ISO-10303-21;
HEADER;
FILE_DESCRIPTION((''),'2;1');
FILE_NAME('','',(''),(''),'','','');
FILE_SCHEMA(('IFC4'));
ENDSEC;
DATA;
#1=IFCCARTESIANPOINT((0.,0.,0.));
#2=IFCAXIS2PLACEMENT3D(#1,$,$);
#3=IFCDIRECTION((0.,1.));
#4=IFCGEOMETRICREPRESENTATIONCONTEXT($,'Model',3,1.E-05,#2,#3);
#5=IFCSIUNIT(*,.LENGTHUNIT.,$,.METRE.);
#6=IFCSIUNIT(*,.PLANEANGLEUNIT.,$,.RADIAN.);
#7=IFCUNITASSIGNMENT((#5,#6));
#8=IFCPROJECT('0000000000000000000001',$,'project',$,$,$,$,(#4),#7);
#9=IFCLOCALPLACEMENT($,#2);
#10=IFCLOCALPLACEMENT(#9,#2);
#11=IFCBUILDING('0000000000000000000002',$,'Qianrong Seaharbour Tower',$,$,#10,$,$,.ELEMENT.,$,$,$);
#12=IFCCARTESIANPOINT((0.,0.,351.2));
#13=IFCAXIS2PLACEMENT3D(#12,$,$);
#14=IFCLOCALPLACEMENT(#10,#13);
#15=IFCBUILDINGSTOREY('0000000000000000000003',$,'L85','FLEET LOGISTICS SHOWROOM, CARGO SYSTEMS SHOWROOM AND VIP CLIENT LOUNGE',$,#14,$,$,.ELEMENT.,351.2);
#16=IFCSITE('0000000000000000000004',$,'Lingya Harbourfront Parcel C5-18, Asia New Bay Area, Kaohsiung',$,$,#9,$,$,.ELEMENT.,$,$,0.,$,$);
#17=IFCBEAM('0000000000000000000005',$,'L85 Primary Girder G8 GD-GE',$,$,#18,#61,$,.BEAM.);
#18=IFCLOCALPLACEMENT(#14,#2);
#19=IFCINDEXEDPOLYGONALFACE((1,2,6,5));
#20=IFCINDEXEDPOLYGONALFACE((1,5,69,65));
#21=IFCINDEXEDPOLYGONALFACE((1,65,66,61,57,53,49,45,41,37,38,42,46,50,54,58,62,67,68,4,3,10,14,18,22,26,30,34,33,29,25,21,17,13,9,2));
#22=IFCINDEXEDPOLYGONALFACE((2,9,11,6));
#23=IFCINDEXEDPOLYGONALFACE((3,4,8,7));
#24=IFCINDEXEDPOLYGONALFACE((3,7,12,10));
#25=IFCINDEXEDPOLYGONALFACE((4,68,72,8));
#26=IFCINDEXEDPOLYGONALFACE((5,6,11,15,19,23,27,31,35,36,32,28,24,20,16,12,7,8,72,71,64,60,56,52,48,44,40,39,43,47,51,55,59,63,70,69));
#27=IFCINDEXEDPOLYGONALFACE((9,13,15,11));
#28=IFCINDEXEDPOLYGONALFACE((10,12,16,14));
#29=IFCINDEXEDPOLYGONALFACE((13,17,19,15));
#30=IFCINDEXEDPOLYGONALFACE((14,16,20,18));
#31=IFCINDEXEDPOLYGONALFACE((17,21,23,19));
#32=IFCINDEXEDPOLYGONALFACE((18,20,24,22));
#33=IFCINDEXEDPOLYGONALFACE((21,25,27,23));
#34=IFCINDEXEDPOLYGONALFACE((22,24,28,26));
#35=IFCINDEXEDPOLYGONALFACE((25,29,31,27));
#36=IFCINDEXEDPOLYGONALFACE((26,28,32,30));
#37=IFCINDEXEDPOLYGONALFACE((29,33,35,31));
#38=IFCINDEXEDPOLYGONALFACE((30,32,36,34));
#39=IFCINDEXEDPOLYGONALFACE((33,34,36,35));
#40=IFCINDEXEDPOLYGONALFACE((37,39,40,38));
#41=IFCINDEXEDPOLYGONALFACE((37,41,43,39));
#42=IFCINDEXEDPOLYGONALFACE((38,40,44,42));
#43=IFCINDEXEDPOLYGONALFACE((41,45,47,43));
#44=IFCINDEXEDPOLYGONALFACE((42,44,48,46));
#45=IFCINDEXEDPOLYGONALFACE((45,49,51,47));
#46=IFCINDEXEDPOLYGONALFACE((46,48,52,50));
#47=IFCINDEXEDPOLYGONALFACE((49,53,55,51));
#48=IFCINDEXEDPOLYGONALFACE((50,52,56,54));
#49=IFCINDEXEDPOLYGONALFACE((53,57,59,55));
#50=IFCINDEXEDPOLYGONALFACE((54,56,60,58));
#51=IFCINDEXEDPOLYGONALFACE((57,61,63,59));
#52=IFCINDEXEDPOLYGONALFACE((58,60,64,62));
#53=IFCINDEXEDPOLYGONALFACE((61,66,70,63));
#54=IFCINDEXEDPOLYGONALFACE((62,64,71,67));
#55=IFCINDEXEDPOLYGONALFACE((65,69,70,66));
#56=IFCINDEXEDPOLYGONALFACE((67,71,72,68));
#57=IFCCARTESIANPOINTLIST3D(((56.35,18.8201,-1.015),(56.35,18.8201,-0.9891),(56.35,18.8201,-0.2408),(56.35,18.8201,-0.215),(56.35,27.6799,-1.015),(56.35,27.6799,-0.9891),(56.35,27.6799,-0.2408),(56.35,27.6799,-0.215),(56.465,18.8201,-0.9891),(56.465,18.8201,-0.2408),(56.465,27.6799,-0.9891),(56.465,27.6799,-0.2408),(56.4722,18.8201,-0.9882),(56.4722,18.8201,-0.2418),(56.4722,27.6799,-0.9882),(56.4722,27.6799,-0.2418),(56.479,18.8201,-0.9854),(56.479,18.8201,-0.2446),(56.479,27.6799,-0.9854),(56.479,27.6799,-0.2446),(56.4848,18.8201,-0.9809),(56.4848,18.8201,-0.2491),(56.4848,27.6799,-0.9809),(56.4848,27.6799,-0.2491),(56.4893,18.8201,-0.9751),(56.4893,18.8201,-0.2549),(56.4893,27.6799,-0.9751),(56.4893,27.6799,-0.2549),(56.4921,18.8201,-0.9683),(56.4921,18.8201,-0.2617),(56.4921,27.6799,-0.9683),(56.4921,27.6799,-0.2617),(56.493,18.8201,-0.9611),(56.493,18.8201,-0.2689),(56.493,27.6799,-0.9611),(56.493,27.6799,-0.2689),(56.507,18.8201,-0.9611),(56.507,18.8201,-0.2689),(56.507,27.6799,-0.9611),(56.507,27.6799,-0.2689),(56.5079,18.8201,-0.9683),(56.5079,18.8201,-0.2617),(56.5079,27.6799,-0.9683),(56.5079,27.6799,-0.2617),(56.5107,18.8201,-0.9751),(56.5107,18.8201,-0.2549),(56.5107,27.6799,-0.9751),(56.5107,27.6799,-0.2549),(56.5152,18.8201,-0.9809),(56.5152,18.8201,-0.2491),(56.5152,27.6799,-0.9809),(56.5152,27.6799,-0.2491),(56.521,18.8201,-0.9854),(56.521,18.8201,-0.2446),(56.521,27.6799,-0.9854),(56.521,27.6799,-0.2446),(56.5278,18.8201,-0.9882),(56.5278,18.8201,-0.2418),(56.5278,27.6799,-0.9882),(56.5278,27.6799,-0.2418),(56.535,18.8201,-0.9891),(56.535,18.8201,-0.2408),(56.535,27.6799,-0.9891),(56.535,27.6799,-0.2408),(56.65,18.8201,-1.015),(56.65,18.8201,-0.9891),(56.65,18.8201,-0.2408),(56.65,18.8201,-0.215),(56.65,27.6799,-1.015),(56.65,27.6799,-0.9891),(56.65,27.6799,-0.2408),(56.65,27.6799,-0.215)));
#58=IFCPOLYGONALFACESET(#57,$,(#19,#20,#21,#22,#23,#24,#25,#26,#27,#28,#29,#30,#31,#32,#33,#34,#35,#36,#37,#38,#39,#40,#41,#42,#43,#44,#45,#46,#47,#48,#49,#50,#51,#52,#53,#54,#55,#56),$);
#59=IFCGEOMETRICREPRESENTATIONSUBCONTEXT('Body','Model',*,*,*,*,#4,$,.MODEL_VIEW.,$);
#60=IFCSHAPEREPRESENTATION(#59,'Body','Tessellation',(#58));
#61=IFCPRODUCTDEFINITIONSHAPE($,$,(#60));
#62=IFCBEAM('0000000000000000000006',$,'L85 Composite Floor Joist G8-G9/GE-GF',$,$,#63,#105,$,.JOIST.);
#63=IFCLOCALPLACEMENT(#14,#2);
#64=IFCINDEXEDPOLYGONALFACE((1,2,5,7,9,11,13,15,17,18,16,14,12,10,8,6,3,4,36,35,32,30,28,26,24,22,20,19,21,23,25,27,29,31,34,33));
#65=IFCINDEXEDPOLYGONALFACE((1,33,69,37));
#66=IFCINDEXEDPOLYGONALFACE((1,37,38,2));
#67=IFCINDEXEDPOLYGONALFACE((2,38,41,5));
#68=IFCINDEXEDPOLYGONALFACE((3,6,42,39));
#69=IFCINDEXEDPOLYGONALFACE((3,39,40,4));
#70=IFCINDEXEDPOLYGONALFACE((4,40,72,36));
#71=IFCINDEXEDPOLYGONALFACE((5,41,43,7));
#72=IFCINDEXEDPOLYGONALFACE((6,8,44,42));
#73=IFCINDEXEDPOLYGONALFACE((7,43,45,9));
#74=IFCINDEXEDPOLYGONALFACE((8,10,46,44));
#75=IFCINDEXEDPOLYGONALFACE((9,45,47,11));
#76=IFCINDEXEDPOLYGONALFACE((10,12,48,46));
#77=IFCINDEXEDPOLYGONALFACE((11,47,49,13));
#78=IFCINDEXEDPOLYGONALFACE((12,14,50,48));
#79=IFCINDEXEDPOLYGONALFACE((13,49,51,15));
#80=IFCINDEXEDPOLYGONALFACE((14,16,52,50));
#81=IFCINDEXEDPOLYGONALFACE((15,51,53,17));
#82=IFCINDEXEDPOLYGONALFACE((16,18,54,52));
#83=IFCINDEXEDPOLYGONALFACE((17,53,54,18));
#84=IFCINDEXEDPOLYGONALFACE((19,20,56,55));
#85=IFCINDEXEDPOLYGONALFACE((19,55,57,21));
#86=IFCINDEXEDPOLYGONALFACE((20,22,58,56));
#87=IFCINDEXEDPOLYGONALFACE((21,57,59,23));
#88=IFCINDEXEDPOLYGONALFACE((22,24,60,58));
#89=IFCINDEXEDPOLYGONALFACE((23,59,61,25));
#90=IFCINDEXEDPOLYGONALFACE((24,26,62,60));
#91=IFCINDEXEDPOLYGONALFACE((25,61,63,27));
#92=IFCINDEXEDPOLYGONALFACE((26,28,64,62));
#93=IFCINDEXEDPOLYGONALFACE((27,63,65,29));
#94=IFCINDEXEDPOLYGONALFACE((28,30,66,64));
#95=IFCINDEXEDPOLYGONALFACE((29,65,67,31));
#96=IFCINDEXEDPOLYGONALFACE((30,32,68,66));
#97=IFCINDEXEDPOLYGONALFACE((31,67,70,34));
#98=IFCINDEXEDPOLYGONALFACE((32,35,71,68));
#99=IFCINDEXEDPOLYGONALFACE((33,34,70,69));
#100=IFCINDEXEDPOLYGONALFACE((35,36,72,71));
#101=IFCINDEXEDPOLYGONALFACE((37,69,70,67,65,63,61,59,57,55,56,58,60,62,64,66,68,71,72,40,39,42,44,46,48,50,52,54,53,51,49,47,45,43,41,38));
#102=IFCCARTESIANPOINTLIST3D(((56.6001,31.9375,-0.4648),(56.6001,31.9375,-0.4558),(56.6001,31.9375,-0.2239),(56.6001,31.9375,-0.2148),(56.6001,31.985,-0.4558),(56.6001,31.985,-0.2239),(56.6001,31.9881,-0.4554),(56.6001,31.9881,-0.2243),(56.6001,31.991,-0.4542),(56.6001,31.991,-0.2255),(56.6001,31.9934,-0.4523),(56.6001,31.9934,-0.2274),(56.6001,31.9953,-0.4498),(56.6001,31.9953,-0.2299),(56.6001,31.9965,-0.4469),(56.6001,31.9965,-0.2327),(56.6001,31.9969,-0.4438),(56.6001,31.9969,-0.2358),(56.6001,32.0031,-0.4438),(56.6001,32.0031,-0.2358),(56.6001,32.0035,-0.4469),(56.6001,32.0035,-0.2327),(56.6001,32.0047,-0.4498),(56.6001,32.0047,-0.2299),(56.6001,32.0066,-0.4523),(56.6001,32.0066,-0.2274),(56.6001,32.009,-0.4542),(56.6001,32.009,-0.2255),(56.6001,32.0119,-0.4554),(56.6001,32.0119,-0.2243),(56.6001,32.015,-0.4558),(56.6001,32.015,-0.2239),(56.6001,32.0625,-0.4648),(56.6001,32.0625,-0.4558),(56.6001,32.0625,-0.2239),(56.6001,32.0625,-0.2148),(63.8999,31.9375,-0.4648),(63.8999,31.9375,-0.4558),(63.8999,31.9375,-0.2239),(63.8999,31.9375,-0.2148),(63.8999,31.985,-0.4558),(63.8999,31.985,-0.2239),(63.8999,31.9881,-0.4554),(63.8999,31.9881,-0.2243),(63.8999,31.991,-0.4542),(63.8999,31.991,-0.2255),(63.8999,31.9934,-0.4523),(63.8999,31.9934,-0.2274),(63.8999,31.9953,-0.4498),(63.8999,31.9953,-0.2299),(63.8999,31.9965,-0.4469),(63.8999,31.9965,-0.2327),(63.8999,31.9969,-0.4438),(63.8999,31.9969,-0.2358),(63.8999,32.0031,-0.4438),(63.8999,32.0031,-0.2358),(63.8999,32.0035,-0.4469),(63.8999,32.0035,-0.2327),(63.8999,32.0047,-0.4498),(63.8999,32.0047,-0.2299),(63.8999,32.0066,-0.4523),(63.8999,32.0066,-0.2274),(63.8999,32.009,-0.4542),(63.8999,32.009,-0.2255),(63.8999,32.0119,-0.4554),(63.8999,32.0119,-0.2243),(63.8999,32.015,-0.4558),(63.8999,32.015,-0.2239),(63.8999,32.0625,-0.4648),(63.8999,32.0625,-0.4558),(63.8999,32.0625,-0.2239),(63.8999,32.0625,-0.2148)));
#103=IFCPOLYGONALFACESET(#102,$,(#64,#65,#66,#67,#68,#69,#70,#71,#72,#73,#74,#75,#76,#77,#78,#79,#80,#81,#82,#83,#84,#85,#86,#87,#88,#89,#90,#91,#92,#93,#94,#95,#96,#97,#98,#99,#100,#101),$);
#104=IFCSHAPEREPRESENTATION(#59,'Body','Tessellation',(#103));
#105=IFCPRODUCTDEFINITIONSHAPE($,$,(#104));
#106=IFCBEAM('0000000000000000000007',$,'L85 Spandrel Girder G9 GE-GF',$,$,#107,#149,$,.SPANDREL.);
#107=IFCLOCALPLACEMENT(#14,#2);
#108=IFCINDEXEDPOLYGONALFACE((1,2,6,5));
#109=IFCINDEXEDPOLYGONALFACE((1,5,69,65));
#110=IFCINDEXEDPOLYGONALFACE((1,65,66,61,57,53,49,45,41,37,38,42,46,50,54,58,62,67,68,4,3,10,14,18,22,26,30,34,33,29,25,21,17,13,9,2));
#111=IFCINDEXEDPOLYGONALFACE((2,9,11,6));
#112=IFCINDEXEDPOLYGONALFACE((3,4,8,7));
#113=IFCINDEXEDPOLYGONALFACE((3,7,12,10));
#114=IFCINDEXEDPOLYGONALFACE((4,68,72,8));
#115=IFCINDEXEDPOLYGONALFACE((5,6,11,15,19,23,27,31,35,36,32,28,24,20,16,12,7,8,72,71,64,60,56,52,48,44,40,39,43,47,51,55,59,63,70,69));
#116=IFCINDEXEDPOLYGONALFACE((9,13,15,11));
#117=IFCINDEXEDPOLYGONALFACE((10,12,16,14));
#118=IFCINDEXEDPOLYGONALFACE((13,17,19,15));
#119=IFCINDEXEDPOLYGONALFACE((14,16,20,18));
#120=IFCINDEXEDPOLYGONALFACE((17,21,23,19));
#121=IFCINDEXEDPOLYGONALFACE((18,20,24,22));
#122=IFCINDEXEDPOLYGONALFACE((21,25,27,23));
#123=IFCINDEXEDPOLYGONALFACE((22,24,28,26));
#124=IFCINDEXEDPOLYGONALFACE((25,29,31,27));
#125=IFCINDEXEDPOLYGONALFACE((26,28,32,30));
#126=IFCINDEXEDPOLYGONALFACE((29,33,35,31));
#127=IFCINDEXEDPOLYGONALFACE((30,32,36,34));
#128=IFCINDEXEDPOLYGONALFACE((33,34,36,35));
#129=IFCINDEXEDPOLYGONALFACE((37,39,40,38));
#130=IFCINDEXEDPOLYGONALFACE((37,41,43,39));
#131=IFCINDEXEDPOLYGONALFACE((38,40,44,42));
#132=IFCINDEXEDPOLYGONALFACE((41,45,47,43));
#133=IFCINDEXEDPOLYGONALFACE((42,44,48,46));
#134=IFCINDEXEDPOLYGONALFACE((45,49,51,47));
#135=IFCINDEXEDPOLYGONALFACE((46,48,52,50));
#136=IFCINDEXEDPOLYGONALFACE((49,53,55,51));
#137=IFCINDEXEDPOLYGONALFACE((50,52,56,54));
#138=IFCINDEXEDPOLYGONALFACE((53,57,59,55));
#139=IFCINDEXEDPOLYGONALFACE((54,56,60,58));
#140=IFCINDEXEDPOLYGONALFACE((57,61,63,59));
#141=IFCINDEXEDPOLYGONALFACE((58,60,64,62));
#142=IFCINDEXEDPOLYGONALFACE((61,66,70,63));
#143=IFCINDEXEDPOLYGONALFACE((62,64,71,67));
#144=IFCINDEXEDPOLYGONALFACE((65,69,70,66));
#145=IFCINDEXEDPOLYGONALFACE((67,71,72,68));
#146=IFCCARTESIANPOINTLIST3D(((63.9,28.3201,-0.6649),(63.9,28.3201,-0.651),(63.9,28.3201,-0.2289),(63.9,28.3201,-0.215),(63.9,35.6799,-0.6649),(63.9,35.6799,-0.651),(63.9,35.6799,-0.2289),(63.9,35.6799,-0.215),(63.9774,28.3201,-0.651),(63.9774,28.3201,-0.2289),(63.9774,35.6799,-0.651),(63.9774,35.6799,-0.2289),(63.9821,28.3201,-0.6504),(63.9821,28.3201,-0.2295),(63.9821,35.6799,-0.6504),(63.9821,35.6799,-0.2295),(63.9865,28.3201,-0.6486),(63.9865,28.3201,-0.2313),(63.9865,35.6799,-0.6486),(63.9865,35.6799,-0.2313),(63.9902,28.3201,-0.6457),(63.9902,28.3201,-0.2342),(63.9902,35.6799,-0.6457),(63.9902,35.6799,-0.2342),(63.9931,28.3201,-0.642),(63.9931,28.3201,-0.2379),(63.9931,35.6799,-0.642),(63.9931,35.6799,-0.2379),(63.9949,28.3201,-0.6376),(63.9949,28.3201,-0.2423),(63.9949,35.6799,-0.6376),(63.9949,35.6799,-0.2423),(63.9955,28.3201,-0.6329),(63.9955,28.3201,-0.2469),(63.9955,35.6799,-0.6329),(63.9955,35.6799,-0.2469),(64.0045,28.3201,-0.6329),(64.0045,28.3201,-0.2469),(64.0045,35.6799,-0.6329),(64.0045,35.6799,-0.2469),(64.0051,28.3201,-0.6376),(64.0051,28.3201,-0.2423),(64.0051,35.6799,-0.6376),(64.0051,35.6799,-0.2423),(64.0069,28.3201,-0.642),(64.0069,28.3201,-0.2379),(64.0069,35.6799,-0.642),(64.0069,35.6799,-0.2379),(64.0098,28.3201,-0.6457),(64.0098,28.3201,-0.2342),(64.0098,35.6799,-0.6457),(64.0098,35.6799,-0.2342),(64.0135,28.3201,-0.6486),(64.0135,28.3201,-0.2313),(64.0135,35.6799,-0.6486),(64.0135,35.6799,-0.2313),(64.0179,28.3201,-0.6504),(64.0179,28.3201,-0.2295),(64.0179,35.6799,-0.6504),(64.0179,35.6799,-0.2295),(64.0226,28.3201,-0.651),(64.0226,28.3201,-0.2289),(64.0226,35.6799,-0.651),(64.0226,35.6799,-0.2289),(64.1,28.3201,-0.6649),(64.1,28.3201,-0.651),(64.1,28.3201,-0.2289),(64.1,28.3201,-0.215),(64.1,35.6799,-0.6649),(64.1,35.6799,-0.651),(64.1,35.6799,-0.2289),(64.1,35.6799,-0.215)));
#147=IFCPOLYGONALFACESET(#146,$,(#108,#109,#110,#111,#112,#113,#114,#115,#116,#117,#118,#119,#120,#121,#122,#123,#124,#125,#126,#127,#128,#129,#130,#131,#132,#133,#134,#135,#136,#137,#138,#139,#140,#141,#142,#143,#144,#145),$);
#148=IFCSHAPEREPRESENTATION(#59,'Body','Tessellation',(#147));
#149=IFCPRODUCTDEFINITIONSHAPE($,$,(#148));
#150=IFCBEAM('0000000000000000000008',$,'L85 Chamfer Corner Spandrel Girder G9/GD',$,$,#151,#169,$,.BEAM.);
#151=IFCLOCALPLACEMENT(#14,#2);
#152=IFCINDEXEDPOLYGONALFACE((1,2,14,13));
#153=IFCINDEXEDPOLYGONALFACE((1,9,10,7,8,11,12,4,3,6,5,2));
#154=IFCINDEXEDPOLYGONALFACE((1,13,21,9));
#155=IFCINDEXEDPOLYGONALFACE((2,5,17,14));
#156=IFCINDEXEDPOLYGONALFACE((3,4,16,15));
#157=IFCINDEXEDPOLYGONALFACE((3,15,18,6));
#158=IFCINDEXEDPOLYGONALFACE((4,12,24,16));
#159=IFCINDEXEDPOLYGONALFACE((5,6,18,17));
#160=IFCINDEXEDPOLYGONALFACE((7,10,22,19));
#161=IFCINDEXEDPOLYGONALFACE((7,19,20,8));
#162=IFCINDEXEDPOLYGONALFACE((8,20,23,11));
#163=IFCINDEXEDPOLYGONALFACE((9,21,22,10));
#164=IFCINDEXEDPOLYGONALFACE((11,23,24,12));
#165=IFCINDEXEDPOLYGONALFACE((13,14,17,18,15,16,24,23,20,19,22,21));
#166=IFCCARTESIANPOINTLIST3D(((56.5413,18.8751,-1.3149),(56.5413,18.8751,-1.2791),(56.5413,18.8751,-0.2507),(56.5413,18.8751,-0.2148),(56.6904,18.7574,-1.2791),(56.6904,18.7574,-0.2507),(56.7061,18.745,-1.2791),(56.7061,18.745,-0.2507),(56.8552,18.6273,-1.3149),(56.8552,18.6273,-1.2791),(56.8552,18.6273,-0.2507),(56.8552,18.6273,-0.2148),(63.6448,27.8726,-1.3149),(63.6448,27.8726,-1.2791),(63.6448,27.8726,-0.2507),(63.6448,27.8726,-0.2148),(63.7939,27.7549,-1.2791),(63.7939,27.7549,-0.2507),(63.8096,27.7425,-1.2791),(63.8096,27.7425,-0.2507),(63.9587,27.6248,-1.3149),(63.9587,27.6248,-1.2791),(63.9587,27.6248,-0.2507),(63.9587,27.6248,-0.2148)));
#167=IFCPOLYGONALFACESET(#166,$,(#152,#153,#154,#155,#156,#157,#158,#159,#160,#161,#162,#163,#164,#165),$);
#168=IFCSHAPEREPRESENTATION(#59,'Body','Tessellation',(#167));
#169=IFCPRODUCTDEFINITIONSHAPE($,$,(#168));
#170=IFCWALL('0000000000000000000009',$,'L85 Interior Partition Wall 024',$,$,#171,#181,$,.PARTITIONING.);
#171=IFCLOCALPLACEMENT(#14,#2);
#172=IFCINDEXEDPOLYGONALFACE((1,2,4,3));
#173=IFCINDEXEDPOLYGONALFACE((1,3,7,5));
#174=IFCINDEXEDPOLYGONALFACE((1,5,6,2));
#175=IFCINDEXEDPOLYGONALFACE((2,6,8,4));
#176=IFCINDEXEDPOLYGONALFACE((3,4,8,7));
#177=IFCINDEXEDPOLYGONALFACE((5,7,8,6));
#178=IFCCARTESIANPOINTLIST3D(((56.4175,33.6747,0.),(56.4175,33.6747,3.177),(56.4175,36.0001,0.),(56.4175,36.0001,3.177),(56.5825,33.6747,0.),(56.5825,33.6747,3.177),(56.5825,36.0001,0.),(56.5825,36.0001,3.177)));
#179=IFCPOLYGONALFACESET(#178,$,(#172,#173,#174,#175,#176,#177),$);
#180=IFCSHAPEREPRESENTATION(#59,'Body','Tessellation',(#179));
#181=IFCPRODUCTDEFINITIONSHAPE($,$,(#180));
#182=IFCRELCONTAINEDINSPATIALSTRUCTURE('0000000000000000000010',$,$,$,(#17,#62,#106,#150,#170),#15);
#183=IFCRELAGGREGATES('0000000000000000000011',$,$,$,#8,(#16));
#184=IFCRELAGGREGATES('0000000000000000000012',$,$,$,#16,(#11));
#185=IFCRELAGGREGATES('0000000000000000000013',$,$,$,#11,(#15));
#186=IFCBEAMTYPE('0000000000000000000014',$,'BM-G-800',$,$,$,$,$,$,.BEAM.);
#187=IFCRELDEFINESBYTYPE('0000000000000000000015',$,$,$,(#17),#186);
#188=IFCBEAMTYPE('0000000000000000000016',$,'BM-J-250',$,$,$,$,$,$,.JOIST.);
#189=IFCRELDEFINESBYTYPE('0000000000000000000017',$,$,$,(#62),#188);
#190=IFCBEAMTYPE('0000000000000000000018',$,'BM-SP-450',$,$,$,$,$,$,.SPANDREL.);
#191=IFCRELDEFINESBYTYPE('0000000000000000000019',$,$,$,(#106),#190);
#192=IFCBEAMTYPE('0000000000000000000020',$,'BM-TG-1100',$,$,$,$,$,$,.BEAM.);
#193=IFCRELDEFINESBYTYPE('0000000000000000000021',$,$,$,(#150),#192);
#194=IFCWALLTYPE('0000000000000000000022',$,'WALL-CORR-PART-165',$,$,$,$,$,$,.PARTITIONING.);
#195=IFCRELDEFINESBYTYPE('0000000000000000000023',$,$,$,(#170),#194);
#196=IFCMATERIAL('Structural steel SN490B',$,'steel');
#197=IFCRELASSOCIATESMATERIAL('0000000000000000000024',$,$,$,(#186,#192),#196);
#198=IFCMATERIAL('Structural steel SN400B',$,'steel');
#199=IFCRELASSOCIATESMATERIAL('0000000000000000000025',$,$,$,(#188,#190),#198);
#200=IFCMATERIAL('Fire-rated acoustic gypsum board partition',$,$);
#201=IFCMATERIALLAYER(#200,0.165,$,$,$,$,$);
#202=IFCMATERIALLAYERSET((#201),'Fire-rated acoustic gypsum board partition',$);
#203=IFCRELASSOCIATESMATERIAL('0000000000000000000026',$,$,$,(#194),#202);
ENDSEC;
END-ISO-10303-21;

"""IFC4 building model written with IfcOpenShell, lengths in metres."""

from ifc_helpers import new_model, si_unit, direction, frame, frame_2d, origin, origin_2d, place, context, subcontext, project, spatial, rectangle, i_section, extrude, material, layer, layer_set, material_profile, profile_set, type_object, element, save


model = new_model("IFC4")

# Units and contexts
model_context = context("Model", 3, precision=1e-05, world=origin(), true_north=direction((0.0, 1.0)))
body_context = subcontext(model_context, "Body", "Model", "MODEL_VIEW")
ifc_project = project(units=[si_unit("LENGTHUNIT", "METRE"), si_unit("PLANEANGLEUNIT", "RADIAN")], contexts=[model_context])

# Site, building, storey
site_placement = place(None, origin())
site = spatial("IfcSite", under=ifc_project, at=site_placement, Name="Lingya Harbourfront Parcel C5-18, Asia New Bay Area, Kaohsiung", CompositionType="ELEMENT", RefElevation=0.0)
building_placement = place(site_placement, origin())
building = spatial("IfcBuilding", under=site, at=building_placement, Name="Qianrong Seaharbour Tower", CompositionType="ELEMENT")
storey_placement = place(building_placement, frame((0.0, 0.0, 351.2)))
storey = spatial("IfcBuildingStorey", under=building, at=storey_placement, Name="L85", Description="FLEET LOGISTICS SHOWROOM, CARGO SYSTEMS SHOWROOM AND VIP CLIENT LOUNGE", CompositionType="ELEMENT", Elevation=351.2)

# Shared definitions
ifc_material_1 = material(Name="Structural steel SN490B", Category="steel")
ifc_material_2 = material(Name="Structural steel SN400B", Category="steel")

# Beams
ifc_material_profile_1 = material_profile(ifc_material_1, i_section(OverallWidth=0.3, OverallDepth=0.8, WebThickness=0.0139, FlangeThickness=0.0259, FilletRadius=0.0281, at=origin_2d()), Name="H800x300x14x26")
ifc_profile_set_1 = profile_set([ifc_material_profile_1], Name="Structural steel SN490B")
beam_type_1 = type_object("IfcBeamType", Name="BM-G-800", PredefinedType="BEAM", material=ifc_profile_set_1)
beam_1_placement = place(storey_placement, frame((56.5, 18.8201, -0.615), z_axis=(0.0, 1.0, 0.0), x_axis=(-1.0, 0.0, 0.0)))
element("IfcBeam", 1, at=beam_1_placement, inside=storey, type_object=beam_type_1, Name="L85 Primary Girder G8 GD-GE", PredefinedType="BEAM", context=body_context, shape_type="SweptSolid", body=[
    extrude(i_section(OverallWidth=0.3, OverallDepth=0.8, WebThickness=0.0139, FlangeThickness=0.0259, FilletRadius=0.0281, at=origin_2d()), origin(), (0.0, 0.0, 1.0), 8.8599),
])
ifc_material_profile_2 = material_profile(ifc_material_2, i_section(OverallWidth=0.125, OverallDepth=0.25, WebThickness=0.0061, FlangeThickness=0.009, FilletRadius=0.012, at=origin_2d()), Name="H250x125x6x9")
ifc_profile_set_2 = profile_set([ifc_material_profile_2], Name="Structural steel SN400B")
beam_type_2 = type_object("IfcBeamType", Name="BM-J-250", PredefinedType="JOIST", material=ifc_profile_set_2)
beam_2_placement = place(storey_placement, frame((56.6001, 32.0, -0.3398), z_axis=(1.0, 0.0, 0.0), x_axis=(0.0, 1.0, 0.0)))
element("IfcBeam", 2, at=beam_2_placement, inside=storey, type_object=beam_type_2, Name="L85 Composite Floor Joist G8-G9/GE-GF", PredefinedType="JOIST", context=body_context, shape_type="SweptSolid", body=[
    extrude(i_section(OverallWidth=0.125, OverallDepth=0.25, WebThickness=0.0061, FlangeThickness=0.009, FilletRadius=0.012, at=origin_2d()), origin(), (0.0, 0.0, 1.0), 7.2998),
])
ifc_material_profile_3 = material_profile(ifc_material_2, i_section(OverallWidth=0.2, OverallDepth=0.45, WebThickness=0.009, FlangeThickness=0.0139, FilletRadius=0.0181, at=origin_2d()), Name="H450x200x9x14")
ifc_profile_set_3 = profile_set([ifc_material_profile_3], Name="Structural steel SN400B")
beam_type_3 = type_object("IfcBeamType", Name="BM-SP-450", PredefinedType="SPANDREL", material=ifc_profile_set_3)
beam_3_placement = place(storey_placement, frame((64.0, 28.3201, -0.4399), z_axis=(0.0, 1.0, 0.0), x_axis=(-1.0, 0.0, 0.0)))
element("IfcBeam", 3, at=beam_3_placement, inside=storey, type_object=beam_type_3, Name="L85 Spandrel Girder G9 GE-GF", PredefinedType="SPANDREL", context=body_context, shape_type="SweptSolid", body=[
    extrude(i_section(OverallWidth=0.2, OverallDepth=0.45, WebThickness=0.009, FlangeThickness=0.0139, FilletRadius=0.0181, at=origin_2d()), origin(), (0.0, 0.0, 1.0), 7.3599),
])
ifc_material_profile_4 = material_profile(ifc_material_1, i_section(OverallWidth=0.3999, OverallDepth=1.1001, WebThickness=0.02, FlangeThickness=0.0359, at=origin_2d()), Name="BH1100x400x20x36")
ifc_profile_set_4 = profile_set([ifc_material_profile_4], Name="Structural steel SN490B")
beam_type_4 = type_object("IfcBeamType", Name="BM-TG-1100", PredefinedType="BEAM", material=ifc_profile_set_4)
beam_4_placement = place(storey_placement, frame((56.6982, 18.7512, -0.7649), z_axis=(0.619654, 0.784875, 0.0), x_axis=(-0.784875, 0.619654, 0.0)))
element("IfcBeam", 4, at=beam_4_placement, inside=storey, type_object=beam_type_4, Name="L85 Chamfer Corner Spandrel Girder G9/GD", PredefinedType="BEAM", context=body_context, shape_type="SweptSolid", body=[
    extrude(i_section(OverallWidth=0.3999, OverallDepth=1.1001, WebThickness=0.02, FlangeThickness=0.0359, at=origin_2d()), origin(), (0.0, 0.0, 1.0), 11.4636),
])

# Wall
ifc_material_3 = material(Name="Fire-rated acoustic gypsum board partition")
ifc_layer_1 = layer(ifc_material_3, 0.165)
ifc_layer_set_1 = layer_set([ifc_layer_1], Name="Fire-rated acoustic gypsum board partition")
wall_type_1 = type_object("IfcWallType", Name="WALL-CORR-PART-165", PredefinedType="PARTITIONING", material=ifc_layer_set_1)
wall_1_placement = place(storey_placement, frame((56.5, 36.0, 0.0), z_axis=(0.0, 0.0, 1.0), x_axis=(0.0, -1.0, 0.0)))
element("IfcWall", 5, at=wall_1_placement, inside=storey, type_object=wall_type_1, Name="L85 Interior Partition Wall 024", PredefinedType="PARTITIONING", context=body_context, shape_type="SweptSolid", body=[
    extrude(rectangle(XDim=2.3254, YDim=0.165, at=frame_2d((1.1626, 0.0))), origin(), (0.0, 0.0, 1.0), 3.177),
])

save(model, "model.ifc")
